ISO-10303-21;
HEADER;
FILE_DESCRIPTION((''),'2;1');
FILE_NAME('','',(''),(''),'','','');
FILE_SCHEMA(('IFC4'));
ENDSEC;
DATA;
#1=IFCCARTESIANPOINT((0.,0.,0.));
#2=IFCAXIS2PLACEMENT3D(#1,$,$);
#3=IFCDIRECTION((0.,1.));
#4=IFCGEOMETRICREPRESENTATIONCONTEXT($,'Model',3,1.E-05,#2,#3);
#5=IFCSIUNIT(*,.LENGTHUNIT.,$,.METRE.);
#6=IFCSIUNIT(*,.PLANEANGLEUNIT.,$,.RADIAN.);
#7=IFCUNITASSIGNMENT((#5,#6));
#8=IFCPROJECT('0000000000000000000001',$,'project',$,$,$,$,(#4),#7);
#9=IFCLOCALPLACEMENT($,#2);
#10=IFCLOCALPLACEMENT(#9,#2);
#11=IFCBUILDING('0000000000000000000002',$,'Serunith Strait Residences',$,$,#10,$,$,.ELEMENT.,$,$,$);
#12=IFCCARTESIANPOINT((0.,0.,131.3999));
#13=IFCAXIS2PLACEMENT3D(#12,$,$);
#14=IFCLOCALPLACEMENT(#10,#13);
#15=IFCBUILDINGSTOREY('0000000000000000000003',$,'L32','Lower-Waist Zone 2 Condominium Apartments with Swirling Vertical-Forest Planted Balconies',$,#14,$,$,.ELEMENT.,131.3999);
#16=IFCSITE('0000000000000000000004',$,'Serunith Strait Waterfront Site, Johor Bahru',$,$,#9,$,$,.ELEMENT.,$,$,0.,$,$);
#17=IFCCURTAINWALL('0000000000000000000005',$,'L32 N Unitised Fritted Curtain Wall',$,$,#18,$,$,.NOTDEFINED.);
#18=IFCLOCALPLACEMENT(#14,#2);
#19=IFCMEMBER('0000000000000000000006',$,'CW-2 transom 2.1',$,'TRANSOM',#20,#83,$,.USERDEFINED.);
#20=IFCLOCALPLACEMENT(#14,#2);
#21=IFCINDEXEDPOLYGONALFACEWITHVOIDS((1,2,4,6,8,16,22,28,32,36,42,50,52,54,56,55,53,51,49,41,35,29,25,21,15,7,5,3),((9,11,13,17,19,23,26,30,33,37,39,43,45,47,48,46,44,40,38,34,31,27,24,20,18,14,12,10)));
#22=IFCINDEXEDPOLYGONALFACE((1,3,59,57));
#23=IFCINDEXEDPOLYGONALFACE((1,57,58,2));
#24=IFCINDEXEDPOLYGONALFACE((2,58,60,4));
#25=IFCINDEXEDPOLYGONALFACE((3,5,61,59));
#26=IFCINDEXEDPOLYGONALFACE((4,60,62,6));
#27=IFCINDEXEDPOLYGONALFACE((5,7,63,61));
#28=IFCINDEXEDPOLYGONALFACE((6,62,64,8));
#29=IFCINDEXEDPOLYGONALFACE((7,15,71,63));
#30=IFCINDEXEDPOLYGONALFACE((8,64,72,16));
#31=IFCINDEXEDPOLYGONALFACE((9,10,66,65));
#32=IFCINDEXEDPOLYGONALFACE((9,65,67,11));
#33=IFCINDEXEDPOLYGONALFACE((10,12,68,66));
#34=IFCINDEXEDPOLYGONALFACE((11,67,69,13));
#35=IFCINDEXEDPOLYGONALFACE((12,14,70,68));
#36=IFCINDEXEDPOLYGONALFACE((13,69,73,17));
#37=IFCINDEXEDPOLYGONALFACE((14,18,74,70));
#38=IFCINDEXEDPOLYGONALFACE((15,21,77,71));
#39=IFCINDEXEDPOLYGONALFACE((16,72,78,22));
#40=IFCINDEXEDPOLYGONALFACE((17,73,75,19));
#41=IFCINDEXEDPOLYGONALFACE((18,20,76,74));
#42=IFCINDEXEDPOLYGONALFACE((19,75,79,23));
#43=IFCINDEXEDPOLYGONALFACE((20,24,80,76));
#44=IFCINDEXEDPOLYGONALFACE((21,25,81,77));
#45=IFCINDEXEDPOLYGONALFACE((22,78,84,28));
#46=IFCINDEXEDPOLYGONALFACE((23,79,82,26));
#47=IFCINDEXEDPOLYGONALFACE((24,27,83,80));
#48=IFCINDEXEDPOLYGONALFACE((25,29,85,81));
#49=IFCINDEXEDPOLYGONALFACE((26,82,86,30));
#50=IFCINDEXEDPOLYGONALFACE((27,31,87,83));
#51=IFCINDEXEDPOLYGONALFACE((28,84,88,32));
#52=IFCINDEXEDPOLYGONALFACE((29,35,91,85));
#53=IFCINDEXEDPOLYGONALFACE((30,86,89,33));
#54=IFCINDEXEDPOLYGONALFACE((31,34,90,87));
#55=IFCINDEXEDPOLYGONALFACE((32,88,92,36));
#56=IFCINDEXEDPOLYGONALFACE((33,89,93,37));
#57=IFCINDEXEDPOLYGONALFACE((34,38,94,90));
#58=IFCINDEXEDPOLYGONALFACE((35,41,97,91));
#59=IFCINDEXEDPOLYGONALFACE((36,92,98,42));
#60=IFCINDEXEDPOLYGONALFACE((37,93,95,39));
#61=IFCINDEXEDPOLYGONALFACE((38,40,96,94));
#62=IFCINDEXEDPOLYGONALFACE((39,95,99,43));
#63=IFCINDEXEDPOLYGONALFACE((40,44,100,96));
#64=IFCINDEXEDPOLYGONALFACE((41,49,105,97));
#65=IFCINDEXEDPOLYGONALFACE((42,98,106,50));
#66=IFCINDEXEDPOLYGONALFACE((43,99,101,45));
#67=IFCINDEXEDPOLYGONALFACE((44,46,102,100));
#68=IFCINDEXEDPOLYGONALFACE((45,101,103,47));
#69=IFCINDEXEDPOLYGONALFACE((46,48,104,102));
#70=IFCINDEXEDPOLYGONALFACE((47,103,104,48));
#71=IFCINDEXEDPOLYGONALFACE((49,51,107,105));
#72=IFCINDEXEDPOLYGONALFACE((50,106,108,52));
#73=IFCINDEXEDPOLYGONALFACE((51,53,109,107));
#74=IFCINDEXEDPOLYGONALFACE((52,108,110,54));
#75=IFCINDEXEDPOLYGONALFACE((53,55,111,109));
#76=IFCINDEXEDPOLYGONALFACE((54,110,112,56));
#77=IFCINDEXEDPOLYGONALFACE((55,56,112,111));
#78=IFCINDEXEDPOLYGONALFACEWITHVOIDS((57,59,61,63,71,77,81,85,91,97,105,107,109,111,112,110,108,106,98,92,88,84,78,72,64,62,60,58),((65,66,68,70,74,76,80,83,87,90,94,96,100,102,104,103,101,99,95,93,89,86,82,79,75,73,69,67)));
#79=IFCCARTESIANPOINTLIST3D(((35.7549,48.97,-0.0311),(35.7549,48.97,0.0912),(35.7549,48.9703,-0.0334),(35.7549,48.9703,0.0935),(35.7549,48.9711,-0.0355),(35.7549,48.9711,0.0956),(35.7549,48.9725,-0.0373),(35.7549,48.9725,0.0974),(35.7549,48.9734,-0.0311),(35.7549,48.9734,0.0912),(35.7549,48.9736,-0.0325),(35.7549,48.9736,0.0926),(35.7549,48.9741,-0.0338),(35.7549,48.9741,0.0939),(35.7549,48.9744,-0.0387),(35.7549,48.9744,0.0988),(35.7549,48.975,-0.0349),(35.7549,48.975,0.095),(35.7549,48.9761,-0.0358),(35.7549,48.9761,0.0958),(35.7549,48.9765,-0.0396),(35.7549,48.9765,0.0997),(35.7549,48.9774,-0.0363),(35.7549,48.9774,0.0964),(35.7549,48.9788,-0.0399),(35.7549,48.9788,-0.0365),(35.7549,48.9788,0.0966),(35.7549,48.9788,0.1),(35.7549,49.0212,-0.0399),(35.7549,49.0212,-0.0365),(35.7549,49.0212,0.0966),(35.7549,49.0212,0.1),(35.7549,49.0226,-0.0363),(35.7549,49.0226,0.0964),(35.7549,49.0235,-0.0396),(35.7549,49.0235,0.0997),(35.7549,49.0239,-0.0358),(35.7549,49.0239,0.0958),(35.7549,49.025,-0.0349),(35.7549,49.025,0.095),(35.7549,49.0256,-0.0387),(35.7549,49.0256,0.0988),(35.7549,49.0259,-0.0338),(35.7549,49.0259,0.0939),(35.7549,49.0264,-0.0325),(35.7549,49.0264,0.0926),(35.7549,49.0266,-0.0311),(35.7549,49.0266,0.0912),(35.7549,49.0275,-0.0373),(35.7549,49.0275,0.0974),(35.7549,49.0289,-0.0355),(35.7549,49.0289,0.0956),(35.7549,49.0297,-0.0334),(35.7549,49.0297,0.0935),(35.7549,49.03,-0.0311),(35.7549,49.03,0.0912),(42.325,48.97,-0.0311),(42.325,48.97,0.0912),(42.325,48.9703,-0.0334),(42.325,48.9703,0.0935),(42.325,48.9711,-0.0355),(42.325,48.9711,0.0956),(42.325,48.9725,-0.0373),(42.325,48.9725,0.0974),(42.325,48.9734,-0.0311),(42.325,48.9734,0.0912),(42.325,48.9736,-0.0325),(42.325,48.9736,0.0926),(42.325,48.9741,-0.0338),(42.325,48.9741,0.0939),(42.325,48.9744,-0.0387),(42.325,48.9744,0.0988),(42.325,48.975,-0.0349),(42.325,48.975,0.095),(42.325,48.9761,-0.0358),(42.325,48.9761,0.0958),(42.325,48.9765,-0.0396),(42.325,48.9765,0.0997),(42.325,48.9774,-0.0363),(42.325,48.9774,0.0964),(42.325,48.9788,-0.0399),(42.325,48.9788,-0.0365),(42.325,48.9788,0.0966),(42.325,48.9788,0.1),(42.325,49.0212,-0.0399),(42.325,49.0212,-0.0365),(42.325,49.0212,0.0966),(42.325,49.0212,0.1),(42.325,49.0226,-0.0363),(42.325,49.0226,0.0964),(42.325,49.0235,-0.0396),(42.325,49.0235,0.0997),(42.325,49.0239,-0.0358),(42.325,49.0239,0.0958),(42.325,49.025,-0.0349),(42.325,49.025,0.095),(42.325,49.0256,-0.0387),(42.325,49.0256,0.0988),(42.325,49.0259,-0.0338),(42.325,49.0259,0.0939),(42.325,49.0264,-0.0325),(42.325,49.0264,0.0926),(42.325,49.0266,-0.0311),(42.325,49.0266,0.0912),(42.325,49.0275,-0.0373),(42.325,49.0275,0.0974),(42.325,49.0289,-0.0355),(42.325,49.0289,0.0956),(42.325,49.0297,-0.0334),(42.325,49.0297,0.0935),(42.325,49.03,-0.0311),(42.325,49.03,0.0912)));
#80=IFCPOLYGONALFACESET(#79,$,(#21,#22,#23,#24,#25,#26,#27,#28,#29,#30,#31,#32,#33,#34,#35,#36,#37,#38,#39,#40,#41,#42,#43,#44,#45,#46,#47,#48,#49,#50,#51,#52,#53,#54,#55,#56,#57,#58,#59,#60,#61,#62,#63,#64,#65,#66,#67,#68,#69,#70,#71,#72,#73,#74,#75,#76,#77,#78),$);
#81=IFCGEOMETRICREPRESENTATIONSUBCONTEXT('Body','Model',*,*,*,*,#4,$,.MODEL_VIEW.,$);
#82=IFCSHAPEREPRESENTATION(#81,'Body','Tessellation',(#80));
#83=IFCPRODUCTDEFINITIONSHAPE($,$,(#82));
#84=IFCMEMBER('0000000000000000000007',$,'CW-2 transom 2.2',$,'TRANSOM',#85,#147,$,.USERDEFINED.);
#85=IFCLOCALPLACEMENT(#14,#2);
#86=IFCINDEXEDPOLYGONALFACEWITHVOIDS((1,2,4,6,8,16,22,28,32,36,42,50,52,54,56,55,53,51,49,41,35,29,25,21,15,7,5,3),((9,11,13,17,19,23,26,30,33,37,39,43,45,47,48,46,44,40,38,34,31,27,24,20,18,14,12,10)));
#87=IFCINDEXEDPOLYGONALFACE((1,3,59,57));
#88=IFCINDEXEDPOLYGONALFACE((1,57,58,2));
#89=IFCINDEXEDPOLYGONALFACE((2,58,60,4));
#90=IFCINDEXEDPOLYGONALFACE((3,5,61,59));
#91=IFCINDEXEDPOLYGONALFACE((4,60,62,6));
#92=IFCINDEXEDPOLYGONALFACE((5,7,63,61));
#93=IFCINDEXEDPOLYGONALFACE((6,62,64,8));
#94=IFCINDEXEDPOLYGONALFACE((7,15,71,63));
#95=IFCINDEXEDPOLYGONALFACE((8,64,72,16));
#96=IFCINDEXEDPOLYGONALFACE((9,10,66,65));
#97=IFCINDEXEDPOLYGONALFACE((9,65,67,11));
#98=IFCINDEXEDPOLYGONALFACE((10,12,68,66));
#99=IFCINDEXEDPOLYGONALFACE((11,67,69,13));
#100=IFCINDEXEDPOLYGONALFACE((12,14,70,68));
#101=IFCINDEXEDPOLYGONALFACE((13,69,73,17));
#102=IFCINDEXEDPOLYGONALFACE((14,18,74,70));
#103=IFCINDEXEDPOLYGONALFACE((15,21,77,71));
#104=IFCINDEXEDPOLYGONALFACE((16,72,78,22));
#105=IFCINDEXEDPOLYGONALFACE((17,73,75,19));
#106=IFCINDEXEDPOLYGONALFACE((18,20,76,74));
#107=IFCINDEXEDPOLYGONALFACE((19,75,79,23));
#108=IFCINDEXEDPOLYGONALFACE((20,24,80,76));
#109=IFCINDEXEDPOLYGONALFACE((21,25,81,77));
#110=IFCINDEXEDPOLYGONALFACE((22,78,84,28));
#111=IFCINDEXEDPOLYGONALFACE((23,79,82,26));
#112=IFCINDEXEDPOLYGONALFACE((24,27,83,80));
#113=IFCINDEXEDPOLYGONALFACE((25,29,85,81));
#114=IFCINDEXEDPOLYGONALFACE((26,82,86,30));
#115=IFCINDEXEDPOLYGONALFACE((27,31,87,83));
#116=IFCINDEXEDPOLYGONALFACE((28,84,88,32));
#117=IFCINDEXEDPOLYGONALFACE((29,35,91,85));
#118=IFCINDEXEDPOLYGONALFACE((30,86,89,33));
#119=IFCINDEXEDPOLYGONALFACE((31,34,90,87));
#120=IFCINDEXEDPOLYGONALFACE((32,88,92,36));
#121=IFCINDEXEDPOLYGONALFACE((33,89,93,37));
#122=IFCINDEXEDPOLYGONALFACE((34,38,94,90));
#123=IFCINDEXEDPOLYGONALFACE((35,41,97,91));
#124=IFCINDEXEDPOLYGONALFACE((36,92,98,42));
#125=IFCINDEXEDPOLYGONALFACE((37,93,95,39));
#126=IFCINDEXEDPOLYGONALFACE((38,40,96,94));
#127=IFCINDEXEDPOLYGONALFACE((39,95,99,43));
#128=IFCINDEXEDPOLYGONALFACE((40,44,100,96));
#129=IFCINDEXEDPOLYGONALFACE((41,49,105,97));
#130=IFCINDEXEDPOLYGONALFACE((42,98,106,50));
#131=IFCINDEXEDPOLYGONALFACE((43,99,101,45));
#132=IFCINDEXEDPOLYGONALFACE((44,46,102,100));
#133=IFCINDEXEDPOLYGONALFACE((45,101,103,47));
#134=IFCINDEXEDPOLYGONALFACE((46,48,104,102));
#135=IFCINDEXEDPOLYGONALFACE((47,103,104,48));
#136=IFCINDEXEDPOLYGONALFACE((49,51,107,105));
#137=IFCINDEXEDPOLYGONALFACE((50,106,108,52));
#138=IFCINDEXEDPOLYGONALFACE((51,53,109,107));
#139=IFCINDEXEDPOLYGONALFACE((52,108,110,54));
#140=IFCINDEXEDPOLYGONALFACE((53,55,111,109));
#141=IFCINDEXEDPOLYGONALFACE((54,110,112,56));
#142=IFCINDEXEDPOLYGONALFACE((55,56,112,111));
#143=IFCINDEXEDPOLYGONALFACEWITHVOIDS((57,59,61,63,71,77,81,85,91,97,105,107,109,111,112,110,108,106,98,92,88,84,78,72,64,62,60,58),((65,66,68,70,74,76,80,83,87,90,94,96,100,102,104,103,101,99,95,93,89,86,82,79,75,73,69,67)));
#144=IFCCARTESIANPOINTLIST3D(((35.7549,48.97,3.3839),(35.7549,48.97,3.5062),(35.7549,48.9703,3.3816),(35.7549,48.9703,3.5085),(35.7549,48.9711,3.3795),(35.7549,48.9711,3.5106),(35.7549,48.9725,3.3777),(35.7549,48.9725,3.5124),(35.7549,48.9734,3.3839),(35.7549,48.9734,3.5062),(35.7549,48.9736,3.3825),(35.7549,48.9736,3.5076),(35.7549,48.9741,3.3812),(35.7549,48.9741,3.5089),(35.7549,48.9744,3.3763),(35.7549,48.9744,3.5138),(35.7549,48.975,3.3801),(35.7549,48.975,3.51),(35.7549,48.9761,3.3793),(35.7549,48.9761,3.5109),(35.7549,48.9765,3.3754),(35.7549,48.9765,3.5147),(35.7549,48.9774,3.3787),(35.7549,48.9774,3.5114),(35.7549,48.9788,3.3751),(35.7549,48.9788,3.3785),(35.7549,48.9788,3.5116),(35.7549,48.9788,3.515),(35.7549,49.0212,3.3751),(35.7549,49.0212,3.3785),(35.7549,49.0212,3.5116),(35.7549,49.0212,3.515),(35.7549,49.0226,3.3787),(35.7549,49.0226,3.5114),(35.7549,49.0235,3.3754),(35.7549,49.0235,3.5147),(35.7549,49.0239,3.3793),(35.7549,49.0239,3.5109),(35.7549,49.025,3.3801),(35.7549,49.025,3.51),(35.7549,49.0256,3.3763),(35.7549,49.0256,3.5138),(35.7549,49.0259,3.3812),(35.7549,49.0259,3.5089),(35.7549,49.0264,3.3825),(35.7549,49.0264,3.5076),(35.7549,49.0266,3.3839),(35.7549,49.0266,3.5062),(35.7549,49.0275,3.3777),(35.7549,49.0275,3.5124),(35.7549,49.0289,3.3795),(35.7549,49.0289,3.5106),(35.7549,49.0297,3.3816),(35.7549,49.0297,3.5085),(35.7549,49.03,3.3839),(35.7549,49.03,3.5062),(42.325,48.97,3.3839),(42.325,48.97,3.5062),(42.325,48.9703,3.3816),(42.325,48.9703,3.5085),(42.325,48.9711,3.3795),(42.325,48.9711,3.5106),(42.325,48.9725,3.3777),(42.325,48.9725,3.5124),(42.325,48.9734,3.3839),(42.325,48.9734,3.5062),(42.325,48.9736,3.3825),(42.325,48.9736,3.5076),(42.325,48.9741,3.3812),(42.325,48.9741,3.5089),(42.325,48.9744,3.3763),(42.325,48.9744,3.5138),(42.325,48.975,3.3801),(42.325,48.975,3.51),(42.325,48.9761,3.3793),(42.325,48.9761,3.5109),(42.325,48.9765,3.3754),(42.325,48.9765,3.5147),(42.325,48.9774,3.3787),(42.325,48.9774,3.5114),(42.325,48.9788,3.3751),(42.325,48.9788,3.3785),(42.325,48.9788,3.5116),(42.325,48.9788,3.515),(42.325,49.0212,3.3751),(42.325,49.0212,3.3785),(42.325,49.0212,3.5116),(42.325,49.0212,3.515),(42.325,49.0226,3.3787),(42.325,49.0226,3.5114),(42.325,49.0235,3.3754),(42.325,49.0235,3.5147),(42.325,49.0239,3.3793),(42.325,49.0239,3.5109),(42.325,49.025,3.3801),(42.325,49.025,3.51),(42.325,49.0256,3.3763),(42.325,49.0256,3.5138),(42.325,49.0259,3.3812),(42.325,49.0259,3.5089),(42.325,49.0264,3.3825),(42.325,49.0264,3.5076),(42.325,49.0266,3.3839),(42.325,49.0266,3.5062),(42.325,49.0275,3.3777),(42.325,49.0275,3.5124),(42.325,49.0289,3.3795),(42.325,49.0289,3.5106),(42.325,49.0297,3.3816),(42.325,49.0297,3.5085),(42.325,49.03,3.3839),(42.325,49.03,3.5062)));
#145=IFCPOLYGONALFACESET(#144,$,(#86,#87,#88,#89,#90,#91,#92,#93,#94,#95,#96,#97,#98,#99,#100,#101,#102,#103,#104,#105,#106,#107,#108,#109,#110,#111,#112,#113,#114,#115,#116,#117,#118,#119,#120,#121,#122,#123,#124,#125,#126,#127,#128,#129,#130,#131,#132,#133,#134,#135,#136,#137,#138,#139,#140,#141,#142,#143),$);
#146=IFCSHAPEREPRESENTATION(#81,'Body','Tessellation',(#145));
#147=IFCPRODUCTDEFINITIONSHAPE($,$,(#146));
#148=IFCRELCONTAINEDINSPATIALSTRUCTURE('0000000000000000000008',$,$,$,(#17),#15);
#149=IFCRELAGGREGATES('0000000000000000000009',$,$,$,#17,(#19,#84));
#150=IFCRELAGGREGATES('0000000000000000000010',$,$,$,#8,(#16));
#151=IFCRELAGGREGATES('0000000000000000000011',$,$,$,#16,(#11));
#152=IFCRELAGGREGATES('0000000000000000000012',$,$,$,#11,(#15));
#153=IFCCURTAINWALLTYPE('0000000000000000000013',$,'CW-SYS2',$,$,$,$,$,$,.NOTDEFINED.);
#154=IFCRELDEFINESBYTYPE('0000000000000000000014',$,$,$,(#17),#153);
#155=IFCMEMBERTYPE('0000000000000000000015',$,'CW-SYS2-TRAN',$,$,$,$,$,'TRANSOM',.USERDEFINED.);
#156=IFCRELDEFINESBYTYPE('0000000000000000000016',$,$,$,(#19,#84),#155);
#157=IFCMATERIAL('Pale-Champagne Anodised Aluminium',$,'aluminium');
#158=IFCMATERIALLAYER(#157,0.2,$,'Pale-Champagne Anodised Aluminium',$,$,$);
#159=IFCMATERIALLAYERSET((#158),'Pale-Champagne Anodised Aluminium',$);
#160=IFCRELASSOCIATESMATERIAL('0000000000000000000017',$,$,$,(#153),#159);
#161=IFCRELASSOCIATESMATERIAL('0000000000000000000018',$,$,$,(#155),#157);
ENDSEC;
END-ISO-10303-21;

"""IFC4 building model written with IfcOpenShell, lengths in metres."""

from ifc_helpers import new_model, si_unit, direction, frame, origin, origin_2d, place, context, subcontext, project, spatial, hollow_rectangle, extrude, source, transform, mapped, material, layer, layer_set, material_profile, profile_set, type_object, element, aggregate, save


model = new_model("IFC4")

# Units and contexts
model_context = context("Model", 3, precision=1e-05, world=origin(), true_north=direction((0.0, 1.0)))
body_context = subcontext(model_context, "Body", "Model", "MODEL_VIEW")
ifc_project = project(units=[si_unit("LENGTHUNIT", "METRE"), si_unit("PLANEANGLEUNIT", "RADIAN")], contexts=[model_context])

# Site, building, storey
site_placement = place(None, origin())
site = spatial("IfcSite", under=ifc_project, at=site_placement, Name="Serunith Strait Waterfront Site, Johor Bahru", CompositionType="ELEMENT", RefElevation=0.0)
building_placement = place(site_placement, origin())
building = spatial("IfcBuilding", under=site, at=building_placement, Name="Serunith Strait Residences", CompositionType="ELEMENT")
storey_placement = place(building_placement, frame((0.0, 0.0, 131.3999)))
storey = spatial("IfcBuildingStorey", under=building, at=storey_placement, Name="L32", Description="Lower-Waist Zone 2 Condominium Apartments with Swirling Vertical-Forest Planted Balconies", CompositionType="ELEMENT", Elevation=131.3999)

# Curtain wall, members
ifc_material_1 = material(Name="Pale-Champagne Anodised Aluminium", Category="aluminium")
ifc_layer_1 = layer(ifc_material_1, 0.2, Name="Pale-Champagne Anodised Aluminium")
ifc_layer_set_1 = layer_set([ifc_layer_1], Name="Pale-Champagne Anodised Aluminium")
curtain_wall_type = type_object("IfcCurtainWallType", Name="CW-SYS2", PredefinedType="NOTDEFINED", material=ifc_layer_set_1)
curtain_wall_placement = place(storey_placement, origin())
curtain_wall = element("IfcCurtainWall", 1, at=curtain_wall_placement, inside=storey, type_object=curtain_wall_type, Name="L32 N Unitised Fritted Curtain Wall", PredefinedType="NOTDEFINED")
ifc_material_profile_1 = material_profile(ifc_material_1, hollow_rectangle(XDim=0.0601, YDim=0.1399, WallThickness=0.0034, InnerFilletRadius=0.0054, OuterFilletRadius=0.0088, at=origin_2d()), Name="ALU 140x60x3.5")
ifc_profile_set_1 = profile_set([ifc_material_profile_1], Name="Pale-Champagne Anodised Aluminium")
member_type_1 = type_object("IfcMemberType", Name="CW-SYS2-TRAN", ElementType="TRANSOM", PredefinedType="USERDEFINED", material=ifc_profile_set_1)
shared_shape_1 = source(origin(), body_context, "Body", "SweptSolid", [
    extrude(hollow_rectangle(XDim=0.0601, YDim=0.1399, WallThickness=0.0034, InnerFilletRadius=0.0054, OuterFilletRadius=0.0088, at=origin_2d()), origin(), (0.0, 0.0, 1.0), 6.5701),
])
member_1_placement = place(storey_placement, frame((42.325, 49.0, 0.03), z_axis=(-1.0, 0.0, 0.0), x_axis=(0.0, -1.0, 0.0)))
member_1 = element("IfcMember", 2, at=member_1_placement, type_object=member_type_1, Name="CW-2 transom 2.1", ObjectType="TRANSOM", PredefinedType="USERDEFINED", context=body_context, shape_type="MappedRepresentation", body=[
    mapped(shared_shape_1, transform((0.0, 0.0, 0.0), scale=1.0)),
])
member_2_placement = place(storey_placement, frame((42.325, 49.0, 3.4451), z_axis=(-1.0, 0.0, 0.0), x_axis=(0.0, -1.0, 0.0)))
member_2 = element("IfcMember", 3, at=member_2_placement, type_object=member_type_1, Name="CW-2 transom 2.2", ObjectType="TRANSOM", PredefinedType="USERDEFINED", context=body_context, shape_type="MappedRepresentation", body=[
    mapped(shared_shape_1, transform((0.0, 0.0, 0.0), scale=1.0)),
])
aggregate(curtain_wall, [member_1, member_2])

save(model, "model.ifc")
